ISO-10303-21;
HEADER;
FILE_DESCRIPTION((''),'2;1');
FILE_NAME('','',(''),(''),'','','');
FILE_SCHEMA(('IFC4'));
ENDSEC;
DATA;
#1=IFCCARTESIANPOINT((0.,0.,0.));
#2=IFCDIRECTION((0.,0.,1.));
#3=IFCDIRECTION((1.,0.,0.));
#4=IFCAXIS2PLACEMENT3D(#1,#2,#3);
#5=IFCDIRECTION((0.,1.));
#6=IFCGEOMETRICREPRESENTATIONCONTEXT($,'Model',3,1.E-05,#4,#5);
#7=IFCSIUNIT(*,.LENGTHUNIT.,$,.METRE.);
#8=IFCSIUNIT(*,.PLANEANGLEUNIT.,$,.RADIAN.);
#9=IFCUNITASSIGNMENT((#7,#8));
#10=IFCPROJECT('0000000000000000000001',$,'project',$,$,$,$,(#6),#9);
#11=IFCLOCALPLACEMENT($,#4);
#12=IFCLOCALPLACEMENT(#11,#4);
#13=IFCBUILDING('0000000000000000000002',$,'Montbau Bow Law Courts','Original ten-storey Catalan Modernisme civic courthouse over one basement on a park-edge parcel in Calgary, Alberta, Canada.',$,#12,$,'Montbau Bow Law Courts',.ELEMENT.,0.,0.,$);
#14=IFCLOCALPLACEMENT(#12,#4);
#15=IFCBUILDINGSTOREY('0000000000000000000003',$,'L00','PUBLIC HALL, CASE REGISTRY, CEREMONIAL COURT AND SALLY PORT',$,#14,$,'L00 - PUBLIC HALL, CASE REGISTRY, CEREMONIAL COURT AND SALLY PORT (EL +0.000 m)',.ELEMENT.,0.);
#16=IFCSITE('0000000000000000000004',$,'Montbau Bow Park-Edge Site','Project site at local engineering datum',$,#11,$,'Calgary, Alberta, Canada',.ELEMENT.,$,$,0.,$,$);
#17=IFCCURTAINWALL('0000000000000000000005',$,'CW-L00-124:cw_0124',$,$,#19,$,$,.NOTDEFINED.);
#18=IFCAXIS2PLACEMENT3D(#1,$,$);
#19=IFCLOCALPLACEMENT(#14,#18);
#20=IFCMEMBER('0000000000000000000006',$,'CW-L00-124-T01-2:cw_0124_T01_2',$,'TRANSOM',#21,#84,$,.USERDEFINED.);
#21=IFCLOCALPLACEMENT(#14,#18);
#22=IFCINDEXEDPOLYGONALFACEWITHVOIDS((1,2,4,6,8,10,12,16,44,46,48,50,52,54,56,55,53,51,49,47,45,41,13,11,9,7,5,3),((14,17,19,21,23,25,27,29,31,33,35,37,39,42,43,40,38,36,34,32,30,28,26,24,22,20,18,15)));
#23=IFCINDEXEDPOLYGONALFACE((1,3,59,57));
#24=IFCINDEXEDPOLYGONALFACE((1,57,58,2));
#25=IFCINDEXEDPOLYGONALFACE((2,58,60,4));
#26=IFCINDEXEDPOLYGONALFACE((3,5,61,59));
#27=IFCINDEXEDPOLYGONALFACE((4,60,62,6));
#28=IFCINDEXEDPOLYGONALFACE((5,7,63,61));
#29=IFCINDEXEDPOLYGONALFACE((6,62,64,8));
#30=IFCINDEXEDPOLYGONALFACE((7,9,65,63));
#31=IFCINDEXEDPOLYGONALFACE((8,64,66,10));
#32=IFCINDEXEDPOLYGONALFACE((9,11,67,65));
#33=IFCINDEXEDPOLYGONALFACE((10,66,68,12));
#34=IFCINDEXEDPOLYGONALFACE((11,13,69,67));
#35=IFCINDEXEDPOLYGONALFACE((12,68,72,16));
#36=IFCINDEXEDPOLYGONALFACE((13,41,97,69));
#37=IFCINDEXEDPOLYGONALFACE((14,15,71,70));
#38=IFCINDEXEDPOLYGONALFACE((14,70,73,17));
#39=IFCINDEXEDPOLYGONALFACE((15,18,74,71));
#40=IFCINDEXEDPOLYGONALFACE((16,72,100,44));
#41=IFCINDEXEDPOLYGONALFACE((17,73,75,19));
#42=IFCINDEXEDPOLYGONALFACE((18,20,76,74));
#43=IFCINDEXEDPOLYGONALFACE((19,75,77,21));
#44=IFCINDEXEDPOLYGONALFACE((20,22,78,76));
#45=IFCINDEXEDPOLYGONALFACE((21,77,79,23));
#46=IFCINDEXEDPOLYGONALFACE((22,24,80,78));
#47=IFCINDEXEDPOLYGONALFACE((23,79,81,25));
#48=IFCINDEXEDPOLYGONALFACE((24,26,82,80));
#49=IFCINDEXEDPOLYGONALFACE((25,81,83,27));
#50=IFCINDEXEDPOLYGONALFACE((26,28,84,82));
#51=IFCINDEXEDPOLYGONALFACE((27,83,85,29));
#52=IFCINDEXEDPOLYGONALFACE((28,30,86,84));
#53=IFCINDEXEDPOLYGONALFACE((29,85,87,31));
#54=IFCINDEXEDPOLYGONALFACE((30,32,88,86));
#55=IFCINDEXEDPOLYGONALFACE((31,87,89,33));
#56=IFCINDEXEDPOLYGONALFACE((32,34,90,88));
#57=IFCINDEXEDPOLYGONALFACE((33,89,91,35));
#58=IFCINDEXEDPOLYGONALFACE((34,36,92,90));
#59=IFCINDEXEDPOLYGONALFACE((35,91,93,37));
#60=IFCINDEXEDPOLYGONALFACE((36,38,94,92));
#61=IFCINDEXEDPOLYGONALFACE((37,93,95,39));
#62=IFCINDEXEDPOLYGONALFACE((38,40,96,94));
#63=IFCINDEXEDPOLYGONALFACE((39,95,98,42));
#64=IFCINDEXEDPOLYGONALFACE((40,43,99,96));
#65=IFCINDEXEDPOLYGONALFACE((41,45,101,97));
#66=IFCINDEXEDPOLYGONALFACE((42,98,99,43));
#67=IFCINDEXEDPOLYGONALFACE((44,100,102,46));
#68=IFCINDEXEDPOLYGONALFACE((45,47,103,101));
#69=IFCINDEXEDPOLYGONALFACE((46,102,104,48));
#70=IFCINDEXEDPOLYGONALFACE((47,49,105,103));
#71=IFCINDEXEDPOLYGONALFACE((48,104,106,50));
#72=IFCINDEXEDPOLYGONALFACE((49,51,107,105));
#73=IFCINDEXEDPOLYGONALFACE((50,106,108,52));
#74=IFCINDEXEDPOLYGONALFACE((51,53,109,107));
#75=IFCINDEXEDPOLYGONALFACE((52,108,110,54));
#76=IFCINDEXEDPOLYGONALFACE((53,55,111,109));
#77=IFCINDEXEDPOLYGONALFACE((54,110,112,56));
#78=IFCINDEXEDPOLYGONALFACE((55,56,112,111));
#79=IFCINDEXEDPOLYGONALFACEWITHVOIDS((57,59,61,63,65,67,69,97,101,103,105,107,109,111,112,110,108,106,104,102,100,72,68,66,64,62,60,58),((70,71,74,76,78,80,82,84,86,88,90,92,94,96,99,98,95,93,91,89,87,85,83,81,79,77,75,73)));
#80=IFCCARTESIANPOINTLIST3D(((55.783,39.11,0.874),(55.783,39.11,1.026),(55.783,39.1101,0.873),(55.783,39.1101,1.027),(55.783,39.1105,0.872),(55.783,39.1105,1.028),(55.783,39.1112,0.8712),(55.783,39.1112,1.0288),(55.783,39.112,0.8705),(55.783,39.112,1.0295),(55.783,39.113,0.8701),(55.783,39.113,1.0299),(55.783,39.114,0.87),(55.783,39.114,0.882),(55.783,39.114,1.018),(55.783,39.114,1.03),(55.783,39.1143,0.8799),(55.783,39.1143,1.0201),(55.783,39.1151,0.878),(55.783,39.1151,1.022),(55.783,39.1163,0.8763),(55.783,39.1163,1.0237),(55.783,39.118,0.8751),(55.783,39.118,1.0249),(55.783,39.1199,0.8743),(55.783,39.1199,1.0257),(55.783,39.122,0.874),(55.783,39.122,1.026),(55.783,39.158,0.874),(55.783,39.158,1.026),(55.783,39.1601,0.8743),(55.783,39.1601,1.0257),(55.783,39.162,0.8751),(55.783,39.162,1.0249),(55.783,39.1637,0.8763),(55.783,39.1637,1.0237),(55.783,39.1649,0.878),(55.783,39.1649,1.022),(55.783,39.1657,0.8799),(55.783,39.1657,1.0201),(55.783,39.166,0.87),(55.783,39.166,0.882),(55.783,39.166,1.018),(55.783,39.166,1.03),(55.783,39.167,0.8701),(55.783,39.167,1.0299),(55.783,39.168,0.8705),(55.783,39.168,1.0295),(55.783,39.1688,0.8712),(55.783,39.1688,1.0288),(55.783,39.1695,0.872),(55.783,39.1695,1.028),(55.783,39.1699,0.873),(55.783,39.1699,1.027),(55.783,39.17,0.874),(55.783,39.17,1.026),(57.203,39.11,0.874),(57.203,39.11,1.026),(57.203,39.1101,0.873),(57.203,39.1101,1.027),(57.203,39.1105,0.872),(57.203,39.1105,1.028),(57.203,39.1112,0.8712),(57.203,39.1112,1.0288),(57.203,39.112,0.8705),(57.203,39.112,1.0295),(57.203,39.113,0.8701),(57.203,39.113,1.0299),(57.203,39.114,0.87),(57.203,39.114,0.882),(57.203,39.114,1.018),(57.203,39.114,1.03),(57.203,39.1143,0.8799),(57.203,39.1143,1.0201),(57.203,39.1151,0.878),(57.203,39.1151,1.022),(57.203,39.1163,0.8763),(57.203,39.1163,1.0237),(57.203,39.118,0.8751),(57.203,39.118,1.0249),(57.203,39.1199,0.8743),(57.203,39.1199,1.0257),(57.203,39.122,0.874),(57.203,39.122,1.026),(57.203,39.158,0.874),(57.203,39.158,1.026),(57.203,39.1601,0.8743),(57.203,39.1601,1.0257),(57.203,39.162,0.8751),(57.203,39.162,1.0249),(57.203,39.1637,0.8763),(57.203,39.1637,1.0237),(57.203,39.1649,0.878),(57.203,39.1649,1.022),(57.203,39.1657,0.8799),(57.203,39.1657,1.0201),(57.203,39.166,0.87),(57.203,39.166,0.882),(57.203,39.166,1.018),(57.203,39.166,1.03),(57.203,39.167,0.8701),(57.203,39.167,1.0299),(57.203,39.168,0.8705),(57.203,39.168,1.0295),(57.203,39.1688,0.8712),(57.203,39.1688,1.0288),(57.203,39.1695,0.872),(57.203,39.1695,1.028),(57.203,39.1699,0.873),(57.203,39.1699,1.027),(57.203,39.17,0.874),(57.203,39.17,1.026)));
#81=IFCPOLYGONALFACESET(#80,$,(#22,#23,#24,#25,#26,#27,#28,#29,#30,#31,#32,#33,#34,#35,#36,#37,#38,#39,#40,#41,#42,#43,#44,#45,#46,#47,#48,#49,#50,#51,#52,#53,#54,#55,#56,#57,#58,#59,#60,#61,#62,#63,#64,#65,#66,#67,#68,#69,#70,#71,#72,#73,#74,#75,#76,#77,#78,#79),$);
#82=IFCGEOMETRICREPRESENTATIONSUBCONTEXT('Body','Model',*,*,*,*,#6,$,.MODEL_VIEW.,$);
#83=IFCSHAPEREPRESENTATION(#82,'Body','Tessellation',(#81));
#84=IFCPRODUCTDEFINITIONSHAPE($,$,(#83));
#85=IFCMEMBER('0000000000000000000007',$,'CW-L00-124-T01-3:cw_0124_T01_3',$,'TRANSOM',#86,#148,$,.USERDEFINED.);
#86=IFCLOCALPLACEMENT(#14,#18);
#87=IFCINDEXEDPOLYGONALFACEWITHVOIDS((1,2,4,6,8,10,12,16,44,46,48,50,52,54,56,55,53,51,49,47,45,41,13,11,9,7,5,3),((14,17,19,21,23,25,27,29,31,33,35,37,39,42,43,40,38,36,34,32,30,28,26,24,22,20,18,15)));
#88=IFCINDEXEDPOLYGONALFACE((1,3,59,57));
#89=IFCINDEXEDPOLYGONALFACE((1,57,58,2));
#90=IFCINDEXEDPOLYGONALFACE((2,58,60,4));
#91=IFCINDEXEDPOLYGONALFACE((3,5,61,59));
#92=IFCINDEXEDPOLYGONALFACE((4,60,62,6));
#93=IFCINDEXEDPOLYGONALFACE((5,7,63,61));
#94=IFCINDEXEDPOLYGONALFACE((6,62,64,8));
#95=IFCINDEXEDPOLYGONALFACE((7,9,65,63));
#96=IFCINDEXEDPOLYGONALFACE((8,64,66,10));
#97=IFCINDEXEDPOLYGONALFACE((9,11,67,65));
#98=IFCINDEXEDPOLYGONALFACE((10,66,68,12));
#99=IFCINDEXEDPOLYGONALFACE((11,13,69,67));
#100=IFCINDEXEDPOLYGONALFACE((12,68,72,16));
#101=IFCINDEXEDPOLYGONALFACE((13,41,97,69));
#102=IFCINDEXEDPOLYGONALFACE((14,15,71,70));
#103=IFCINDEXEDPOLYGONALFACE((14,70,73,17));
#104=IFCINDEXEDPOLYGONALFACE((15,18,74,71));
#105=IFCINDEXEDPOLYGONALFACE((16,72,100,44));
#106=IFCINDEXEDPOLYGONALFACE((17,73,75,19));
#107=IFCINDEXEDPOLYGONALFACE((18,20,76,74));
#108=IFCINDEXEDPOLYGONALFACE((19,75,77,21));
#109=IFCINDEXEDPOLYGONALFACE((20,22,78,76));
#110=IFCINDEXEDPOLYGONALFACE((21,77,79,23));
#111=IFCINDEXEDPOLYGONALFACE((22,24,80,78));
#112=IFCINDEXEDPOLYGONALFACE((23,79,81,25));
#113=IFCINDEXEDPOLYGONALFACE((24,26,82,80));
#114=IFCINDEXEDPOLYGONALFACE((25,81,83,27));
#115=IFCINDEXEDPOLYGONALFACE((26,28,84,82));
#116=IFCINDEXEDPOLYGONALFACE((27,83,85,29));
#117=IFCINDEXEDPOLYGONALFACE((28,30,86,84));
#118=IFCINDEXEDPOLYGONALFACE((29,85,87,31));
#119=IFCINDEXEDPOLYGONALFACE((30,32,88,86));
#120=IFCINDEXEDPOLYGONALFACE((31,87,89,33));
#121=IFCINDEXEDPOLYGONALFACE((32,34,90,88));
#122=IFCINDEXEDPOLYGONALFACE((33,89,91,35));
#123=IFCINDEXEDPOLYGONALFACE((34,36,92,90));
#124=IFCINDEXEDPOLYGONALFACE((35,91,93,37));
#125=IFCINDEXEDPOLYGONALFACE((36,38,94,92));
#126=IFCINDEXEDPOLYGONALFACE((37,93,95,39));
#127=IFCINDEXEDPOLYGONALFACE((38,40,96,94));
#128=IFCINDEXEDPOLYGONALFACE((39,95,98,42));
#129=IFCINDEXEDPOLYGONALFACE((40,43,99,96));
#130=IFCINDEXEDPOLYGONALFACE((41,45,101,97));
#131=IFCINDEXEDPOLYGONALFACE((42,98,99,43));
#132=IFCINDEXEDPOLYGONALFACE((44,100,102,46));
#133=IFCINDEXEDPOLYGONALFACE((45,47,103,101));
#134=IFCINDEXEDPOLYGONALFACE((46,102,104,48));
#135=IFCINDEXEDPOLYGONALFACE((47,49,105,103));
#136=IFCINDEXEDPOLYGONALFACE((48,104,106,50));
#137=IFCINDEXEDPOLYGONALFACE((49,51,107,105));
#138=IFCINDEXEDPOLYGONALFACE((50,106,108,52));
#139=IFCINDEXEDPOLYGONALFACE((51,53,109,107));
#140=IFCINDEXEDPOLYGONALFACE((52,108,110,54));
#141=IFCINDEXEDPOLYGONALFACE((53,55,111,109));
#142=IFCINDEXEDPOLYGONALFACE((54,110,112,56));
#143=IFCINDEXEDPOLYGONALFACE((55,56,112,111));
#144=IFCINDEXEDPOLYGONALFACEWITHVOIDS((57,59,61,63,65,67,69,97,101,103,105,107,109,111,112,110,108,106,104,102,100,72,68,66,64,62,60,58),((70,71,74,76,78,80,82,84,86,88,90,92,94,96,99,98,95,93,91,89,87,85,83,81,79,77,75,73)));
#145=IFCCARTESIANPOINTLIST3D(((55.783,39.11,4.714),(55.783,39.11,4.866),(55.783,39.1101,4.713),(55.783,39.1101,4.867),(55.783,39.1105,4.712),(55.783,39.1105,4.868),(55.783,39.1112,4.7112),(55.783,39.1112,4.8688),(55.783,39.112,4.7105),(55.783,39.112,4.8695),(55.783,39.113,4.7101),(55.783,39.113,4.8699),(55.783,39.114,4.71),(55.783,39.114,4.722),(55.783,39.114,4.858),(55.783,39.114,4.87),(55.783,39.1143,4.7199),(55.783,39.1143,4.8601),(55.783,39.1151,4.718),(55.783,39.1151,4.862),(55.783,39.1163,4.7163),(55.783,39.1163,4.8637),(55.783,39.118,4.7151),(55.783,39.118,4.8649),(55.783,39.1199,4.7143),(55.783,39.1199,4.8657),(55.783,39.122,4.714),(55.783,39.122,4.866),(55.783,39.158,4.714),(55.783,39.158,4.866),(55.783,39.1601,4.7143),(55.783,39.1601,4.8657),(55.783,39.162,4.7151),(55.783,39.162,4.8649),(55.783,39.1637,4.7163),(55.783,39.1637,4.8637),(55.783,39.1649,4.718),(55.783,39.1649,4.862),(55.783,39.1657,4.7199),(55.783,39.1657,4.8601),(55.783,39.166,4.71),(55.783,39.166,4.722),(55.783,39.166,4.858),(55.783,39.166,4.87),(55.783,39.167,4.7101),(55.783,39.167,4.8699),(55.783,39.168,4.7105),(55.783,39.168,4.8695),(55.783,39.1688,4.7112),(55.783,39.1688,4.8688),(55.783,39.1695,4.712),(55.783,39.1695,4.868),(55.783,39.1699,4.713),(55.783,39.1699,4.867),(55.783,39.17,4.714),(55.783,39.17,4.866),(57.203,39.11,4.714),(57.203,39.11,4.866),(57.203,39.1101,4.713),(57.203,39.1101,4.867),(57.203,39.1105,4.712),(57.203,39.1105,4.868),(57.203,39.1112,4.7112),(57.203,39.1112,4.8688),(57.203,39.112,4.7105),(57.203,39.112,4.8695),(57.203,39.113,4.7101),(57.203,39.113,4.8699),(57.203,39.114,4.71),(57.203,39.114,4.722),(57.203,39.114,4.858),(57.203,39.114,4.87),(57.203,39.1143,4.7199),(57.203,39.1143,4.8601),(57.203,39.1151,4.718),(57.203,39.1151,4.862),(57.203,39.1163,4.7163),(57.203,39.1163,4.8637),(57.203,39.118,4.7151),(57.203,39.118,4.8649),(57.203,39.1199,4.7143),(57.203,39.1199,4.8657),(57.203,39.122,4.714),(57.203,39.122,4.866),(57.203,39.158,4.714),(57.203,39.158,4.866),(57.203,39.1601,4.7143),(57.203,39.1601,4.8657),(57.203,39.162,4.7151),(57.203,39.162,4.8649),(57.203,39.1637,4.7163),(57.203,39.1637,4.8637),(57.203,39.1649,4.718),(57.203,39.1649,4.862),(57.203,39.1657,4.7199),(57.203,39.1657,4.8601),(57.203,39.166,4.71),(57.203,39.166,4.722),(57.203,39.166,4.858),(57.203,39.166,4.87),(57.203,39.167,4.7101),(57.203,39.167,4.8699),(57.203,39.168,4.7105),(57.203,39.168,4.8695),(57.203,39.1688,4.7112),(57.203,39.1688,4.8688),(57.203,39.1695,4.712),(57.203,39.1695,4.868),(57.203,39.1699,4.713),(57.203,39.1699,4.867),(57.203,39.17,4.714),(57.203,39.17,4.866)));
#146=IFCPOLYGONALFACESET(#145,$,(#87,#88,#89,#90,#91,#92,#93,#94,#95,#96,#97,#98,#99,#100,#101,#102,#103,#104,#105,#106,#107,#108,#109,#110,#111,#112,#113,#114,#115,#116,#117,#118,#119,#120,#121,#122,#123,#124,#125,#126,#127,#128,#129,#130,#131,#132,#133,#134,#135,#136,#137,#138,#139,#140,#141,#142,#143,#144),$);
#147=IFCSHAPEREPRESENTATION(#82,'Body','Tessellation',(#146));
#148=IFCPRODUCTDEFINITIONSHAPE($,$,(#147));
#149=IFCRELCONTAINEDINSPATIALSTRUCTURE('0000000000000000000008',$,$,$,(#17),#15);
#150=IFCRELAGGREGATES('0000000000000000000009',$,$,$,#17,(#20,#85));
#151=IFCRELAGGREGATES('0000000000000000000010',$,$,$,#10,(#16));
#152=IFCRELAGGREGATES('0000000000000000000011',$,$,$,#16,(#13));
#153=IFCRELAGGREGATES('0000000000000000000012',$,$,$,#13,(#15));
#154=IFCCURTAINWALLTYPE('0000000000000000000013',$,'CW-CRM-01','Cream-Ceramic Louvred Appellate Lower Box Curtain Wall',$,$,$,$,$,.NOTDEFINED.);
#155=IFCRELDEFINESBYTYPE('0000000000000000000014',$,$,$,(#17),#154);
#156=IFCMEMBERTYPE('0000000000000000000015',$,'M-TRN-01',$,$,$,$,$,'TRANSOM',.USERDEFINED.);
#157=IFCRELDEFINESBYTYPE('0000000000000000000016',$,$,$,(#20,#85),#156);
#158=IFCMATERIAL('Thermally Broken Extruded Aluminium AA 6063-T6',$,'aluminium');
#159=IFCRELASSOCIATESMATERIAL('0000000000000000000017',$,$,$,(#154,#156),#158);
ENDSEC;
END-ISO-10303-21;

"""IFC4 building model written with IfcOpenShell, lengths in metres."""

from ifc_helpers import new_model, si_unit, direction, frame, origin_with_axes, origin_2d_with_axis, place, context, subcontext, project, spatial, hollow_rectangle, extrude, material, material_profile, profile_set, type_object, element, aggregate, save


model = new_model("IFC4")

# Units and contexts
model_context = context("Model", 3, precision=1e-05, world=origin_with_axes(), true_north=direction((0.0, 1.0)))
body_context = subcontext(model_context, "Body", "Model", "MODEL_VIEW")
ifc_project = project(units=[si_unit("LENGTHUNIT", "METRE"), si_unit("PLANEANGLEUNIT", "RADIAN")], contexts=[model_context])

# Site, building, storey
site_placement = place(None, origin_with_axes())
site = spatial("IfcSite", under=ifc_project, at=site_placement, Name="Montbau Bow Park-Edge Site", Description="Project site at local engineering datum", LongName="Calgary, Alberta, Canada", CompositionType="ELEMENT", RefElevation=0.0)
building_placement = place(site_placement, origin_with_axes())
building = spatial("IfcBuilding", under=site, at=building_placement, Name="Montbau Bow Law Courts", Description="Original ten-storey Catalan Modernisme civic courthouse over one basement on a park-edge parcel in Calgary, Alberta, Canada.", LongName="Montbau Bow Law Courts", CompositionType="ELEMENT", ElevationOfRefHeight=0.0, ElevationOfTerrain=0.0)
storey_placement = place(building_placement, origin_with_axes())
storey = spatial("IfcBuildingStorey", under=building, at=storey_placement, Name="L00", Description="PUBLIC HALL, CASE REGISTRY, CEREMONIAL COURT AND SALLY PORT", LongName="L00 - PUBLIC HALL, CASE REGISTRY, CEREMONIAL COURT AND SALLY PORT (EL +0.000 m)", CompositionType="ELEMENT", Elevation=0.0)

# Curtain wall, members
ifc_material_1 = material(Name="Thermally Broken Extruded Aluminium AA 6063-T6", Category="aluminium")
curtain_wall_type = type_object("IfcCurtainWallType", Name="CW-CRM-01", Description="Cream-Ceramic Louvred Appellate Lower Box Curtain Wall", PredefinedType="NOTDEFINED", material=ifc_material_1)
curtain_wall_placement = place(None, frame((55.715, 39.14, 0.0), z_axis=(0.0, 0.0, 1.0), x_axis=(1.0, 0.0, 0.0)))
curtain_wall = element("IfcCurtainWall", 1, at=curtain_wall_placement, inside=storey, type_object=curtain_wall_type, Name="CW-L00-124:cw_0124", PredefinedType="NOTDEFINED")
ifc_material_profile_1 = material_profile(ifc_material_1, hollow_rectangle(XDim=0.06, YDim=0.16, WallThickness=0.004, InnerFilletRadius=0.008, OuterFilletRadius=0.004, at=origin_2d_with_axis()), Name="CWT-160X60", Category="Main", Priority=0)
ifc_profile_set_1 = profile_set([ifc_material_profile_1], Name="Thermally Broken Extruded Aluminium AA 6063-T6")
member_type_1 = type_object("IfcMemberType", Name="M-TRN-01", ElementType="TRANSOM", PredefinedType="USERDEFINED", material=ifc_profile_set_1)
member_1_placement = place(None, frame((55.783, 39.14, 0.95), z_axis=(1.0, 0.0, 0.0), x_axis=(0.0, 1.0, 0.0)))
member_1 = element("IfcMember", 2, at=member_1_placement, type_object=member_type_1, Name="CW-L00-124-T01-2:cw_0124_T01_2", ObjectType="TRANSOM", PredefinedType="USERDEFINED", context=body_context, shape_type="SweptSolid", body=[
    extrude(hollow_rectangle(XDim=0.06, YDim=0.16, WallThickness=0.004, InnerFilletRadius=0.008, OuterFilletRadius=0.004, at=origin_2d_with_axis()), origin_with_axes(), (0.0, 0.0, 1.0), 1.42),
])
member_2_placement = place(None, frame((55.783, 39.14, 4.79), z_axis=(1.0, 0.0, 0.0), x_axis=(0.0, 1.0, 0.0)))
member_2 = element("IfcMember", 3, at=member_2_placement, type_object=member_type_1, Name="CW-L00-124-T01-3:cw_0124_T01_3", ObjectType="TRANSOM", PredefinedType="USERDEFINED", context=body_context, shape_type="SweptSolid", body=[
    extrude(hollow_rectangle(XDim=0.06, YDim=0.16, WallThickness=0.004, InnerFilletRadius=0.008, OuterFilletRadius=0.004, at=origin_2d_with_axis()), origin_with_axes(), (0.0, 0.0, 1.0), 1.42),
])
aggregate(curtain_wall, [member_1, member_2])

save(model, "model.ifc")
